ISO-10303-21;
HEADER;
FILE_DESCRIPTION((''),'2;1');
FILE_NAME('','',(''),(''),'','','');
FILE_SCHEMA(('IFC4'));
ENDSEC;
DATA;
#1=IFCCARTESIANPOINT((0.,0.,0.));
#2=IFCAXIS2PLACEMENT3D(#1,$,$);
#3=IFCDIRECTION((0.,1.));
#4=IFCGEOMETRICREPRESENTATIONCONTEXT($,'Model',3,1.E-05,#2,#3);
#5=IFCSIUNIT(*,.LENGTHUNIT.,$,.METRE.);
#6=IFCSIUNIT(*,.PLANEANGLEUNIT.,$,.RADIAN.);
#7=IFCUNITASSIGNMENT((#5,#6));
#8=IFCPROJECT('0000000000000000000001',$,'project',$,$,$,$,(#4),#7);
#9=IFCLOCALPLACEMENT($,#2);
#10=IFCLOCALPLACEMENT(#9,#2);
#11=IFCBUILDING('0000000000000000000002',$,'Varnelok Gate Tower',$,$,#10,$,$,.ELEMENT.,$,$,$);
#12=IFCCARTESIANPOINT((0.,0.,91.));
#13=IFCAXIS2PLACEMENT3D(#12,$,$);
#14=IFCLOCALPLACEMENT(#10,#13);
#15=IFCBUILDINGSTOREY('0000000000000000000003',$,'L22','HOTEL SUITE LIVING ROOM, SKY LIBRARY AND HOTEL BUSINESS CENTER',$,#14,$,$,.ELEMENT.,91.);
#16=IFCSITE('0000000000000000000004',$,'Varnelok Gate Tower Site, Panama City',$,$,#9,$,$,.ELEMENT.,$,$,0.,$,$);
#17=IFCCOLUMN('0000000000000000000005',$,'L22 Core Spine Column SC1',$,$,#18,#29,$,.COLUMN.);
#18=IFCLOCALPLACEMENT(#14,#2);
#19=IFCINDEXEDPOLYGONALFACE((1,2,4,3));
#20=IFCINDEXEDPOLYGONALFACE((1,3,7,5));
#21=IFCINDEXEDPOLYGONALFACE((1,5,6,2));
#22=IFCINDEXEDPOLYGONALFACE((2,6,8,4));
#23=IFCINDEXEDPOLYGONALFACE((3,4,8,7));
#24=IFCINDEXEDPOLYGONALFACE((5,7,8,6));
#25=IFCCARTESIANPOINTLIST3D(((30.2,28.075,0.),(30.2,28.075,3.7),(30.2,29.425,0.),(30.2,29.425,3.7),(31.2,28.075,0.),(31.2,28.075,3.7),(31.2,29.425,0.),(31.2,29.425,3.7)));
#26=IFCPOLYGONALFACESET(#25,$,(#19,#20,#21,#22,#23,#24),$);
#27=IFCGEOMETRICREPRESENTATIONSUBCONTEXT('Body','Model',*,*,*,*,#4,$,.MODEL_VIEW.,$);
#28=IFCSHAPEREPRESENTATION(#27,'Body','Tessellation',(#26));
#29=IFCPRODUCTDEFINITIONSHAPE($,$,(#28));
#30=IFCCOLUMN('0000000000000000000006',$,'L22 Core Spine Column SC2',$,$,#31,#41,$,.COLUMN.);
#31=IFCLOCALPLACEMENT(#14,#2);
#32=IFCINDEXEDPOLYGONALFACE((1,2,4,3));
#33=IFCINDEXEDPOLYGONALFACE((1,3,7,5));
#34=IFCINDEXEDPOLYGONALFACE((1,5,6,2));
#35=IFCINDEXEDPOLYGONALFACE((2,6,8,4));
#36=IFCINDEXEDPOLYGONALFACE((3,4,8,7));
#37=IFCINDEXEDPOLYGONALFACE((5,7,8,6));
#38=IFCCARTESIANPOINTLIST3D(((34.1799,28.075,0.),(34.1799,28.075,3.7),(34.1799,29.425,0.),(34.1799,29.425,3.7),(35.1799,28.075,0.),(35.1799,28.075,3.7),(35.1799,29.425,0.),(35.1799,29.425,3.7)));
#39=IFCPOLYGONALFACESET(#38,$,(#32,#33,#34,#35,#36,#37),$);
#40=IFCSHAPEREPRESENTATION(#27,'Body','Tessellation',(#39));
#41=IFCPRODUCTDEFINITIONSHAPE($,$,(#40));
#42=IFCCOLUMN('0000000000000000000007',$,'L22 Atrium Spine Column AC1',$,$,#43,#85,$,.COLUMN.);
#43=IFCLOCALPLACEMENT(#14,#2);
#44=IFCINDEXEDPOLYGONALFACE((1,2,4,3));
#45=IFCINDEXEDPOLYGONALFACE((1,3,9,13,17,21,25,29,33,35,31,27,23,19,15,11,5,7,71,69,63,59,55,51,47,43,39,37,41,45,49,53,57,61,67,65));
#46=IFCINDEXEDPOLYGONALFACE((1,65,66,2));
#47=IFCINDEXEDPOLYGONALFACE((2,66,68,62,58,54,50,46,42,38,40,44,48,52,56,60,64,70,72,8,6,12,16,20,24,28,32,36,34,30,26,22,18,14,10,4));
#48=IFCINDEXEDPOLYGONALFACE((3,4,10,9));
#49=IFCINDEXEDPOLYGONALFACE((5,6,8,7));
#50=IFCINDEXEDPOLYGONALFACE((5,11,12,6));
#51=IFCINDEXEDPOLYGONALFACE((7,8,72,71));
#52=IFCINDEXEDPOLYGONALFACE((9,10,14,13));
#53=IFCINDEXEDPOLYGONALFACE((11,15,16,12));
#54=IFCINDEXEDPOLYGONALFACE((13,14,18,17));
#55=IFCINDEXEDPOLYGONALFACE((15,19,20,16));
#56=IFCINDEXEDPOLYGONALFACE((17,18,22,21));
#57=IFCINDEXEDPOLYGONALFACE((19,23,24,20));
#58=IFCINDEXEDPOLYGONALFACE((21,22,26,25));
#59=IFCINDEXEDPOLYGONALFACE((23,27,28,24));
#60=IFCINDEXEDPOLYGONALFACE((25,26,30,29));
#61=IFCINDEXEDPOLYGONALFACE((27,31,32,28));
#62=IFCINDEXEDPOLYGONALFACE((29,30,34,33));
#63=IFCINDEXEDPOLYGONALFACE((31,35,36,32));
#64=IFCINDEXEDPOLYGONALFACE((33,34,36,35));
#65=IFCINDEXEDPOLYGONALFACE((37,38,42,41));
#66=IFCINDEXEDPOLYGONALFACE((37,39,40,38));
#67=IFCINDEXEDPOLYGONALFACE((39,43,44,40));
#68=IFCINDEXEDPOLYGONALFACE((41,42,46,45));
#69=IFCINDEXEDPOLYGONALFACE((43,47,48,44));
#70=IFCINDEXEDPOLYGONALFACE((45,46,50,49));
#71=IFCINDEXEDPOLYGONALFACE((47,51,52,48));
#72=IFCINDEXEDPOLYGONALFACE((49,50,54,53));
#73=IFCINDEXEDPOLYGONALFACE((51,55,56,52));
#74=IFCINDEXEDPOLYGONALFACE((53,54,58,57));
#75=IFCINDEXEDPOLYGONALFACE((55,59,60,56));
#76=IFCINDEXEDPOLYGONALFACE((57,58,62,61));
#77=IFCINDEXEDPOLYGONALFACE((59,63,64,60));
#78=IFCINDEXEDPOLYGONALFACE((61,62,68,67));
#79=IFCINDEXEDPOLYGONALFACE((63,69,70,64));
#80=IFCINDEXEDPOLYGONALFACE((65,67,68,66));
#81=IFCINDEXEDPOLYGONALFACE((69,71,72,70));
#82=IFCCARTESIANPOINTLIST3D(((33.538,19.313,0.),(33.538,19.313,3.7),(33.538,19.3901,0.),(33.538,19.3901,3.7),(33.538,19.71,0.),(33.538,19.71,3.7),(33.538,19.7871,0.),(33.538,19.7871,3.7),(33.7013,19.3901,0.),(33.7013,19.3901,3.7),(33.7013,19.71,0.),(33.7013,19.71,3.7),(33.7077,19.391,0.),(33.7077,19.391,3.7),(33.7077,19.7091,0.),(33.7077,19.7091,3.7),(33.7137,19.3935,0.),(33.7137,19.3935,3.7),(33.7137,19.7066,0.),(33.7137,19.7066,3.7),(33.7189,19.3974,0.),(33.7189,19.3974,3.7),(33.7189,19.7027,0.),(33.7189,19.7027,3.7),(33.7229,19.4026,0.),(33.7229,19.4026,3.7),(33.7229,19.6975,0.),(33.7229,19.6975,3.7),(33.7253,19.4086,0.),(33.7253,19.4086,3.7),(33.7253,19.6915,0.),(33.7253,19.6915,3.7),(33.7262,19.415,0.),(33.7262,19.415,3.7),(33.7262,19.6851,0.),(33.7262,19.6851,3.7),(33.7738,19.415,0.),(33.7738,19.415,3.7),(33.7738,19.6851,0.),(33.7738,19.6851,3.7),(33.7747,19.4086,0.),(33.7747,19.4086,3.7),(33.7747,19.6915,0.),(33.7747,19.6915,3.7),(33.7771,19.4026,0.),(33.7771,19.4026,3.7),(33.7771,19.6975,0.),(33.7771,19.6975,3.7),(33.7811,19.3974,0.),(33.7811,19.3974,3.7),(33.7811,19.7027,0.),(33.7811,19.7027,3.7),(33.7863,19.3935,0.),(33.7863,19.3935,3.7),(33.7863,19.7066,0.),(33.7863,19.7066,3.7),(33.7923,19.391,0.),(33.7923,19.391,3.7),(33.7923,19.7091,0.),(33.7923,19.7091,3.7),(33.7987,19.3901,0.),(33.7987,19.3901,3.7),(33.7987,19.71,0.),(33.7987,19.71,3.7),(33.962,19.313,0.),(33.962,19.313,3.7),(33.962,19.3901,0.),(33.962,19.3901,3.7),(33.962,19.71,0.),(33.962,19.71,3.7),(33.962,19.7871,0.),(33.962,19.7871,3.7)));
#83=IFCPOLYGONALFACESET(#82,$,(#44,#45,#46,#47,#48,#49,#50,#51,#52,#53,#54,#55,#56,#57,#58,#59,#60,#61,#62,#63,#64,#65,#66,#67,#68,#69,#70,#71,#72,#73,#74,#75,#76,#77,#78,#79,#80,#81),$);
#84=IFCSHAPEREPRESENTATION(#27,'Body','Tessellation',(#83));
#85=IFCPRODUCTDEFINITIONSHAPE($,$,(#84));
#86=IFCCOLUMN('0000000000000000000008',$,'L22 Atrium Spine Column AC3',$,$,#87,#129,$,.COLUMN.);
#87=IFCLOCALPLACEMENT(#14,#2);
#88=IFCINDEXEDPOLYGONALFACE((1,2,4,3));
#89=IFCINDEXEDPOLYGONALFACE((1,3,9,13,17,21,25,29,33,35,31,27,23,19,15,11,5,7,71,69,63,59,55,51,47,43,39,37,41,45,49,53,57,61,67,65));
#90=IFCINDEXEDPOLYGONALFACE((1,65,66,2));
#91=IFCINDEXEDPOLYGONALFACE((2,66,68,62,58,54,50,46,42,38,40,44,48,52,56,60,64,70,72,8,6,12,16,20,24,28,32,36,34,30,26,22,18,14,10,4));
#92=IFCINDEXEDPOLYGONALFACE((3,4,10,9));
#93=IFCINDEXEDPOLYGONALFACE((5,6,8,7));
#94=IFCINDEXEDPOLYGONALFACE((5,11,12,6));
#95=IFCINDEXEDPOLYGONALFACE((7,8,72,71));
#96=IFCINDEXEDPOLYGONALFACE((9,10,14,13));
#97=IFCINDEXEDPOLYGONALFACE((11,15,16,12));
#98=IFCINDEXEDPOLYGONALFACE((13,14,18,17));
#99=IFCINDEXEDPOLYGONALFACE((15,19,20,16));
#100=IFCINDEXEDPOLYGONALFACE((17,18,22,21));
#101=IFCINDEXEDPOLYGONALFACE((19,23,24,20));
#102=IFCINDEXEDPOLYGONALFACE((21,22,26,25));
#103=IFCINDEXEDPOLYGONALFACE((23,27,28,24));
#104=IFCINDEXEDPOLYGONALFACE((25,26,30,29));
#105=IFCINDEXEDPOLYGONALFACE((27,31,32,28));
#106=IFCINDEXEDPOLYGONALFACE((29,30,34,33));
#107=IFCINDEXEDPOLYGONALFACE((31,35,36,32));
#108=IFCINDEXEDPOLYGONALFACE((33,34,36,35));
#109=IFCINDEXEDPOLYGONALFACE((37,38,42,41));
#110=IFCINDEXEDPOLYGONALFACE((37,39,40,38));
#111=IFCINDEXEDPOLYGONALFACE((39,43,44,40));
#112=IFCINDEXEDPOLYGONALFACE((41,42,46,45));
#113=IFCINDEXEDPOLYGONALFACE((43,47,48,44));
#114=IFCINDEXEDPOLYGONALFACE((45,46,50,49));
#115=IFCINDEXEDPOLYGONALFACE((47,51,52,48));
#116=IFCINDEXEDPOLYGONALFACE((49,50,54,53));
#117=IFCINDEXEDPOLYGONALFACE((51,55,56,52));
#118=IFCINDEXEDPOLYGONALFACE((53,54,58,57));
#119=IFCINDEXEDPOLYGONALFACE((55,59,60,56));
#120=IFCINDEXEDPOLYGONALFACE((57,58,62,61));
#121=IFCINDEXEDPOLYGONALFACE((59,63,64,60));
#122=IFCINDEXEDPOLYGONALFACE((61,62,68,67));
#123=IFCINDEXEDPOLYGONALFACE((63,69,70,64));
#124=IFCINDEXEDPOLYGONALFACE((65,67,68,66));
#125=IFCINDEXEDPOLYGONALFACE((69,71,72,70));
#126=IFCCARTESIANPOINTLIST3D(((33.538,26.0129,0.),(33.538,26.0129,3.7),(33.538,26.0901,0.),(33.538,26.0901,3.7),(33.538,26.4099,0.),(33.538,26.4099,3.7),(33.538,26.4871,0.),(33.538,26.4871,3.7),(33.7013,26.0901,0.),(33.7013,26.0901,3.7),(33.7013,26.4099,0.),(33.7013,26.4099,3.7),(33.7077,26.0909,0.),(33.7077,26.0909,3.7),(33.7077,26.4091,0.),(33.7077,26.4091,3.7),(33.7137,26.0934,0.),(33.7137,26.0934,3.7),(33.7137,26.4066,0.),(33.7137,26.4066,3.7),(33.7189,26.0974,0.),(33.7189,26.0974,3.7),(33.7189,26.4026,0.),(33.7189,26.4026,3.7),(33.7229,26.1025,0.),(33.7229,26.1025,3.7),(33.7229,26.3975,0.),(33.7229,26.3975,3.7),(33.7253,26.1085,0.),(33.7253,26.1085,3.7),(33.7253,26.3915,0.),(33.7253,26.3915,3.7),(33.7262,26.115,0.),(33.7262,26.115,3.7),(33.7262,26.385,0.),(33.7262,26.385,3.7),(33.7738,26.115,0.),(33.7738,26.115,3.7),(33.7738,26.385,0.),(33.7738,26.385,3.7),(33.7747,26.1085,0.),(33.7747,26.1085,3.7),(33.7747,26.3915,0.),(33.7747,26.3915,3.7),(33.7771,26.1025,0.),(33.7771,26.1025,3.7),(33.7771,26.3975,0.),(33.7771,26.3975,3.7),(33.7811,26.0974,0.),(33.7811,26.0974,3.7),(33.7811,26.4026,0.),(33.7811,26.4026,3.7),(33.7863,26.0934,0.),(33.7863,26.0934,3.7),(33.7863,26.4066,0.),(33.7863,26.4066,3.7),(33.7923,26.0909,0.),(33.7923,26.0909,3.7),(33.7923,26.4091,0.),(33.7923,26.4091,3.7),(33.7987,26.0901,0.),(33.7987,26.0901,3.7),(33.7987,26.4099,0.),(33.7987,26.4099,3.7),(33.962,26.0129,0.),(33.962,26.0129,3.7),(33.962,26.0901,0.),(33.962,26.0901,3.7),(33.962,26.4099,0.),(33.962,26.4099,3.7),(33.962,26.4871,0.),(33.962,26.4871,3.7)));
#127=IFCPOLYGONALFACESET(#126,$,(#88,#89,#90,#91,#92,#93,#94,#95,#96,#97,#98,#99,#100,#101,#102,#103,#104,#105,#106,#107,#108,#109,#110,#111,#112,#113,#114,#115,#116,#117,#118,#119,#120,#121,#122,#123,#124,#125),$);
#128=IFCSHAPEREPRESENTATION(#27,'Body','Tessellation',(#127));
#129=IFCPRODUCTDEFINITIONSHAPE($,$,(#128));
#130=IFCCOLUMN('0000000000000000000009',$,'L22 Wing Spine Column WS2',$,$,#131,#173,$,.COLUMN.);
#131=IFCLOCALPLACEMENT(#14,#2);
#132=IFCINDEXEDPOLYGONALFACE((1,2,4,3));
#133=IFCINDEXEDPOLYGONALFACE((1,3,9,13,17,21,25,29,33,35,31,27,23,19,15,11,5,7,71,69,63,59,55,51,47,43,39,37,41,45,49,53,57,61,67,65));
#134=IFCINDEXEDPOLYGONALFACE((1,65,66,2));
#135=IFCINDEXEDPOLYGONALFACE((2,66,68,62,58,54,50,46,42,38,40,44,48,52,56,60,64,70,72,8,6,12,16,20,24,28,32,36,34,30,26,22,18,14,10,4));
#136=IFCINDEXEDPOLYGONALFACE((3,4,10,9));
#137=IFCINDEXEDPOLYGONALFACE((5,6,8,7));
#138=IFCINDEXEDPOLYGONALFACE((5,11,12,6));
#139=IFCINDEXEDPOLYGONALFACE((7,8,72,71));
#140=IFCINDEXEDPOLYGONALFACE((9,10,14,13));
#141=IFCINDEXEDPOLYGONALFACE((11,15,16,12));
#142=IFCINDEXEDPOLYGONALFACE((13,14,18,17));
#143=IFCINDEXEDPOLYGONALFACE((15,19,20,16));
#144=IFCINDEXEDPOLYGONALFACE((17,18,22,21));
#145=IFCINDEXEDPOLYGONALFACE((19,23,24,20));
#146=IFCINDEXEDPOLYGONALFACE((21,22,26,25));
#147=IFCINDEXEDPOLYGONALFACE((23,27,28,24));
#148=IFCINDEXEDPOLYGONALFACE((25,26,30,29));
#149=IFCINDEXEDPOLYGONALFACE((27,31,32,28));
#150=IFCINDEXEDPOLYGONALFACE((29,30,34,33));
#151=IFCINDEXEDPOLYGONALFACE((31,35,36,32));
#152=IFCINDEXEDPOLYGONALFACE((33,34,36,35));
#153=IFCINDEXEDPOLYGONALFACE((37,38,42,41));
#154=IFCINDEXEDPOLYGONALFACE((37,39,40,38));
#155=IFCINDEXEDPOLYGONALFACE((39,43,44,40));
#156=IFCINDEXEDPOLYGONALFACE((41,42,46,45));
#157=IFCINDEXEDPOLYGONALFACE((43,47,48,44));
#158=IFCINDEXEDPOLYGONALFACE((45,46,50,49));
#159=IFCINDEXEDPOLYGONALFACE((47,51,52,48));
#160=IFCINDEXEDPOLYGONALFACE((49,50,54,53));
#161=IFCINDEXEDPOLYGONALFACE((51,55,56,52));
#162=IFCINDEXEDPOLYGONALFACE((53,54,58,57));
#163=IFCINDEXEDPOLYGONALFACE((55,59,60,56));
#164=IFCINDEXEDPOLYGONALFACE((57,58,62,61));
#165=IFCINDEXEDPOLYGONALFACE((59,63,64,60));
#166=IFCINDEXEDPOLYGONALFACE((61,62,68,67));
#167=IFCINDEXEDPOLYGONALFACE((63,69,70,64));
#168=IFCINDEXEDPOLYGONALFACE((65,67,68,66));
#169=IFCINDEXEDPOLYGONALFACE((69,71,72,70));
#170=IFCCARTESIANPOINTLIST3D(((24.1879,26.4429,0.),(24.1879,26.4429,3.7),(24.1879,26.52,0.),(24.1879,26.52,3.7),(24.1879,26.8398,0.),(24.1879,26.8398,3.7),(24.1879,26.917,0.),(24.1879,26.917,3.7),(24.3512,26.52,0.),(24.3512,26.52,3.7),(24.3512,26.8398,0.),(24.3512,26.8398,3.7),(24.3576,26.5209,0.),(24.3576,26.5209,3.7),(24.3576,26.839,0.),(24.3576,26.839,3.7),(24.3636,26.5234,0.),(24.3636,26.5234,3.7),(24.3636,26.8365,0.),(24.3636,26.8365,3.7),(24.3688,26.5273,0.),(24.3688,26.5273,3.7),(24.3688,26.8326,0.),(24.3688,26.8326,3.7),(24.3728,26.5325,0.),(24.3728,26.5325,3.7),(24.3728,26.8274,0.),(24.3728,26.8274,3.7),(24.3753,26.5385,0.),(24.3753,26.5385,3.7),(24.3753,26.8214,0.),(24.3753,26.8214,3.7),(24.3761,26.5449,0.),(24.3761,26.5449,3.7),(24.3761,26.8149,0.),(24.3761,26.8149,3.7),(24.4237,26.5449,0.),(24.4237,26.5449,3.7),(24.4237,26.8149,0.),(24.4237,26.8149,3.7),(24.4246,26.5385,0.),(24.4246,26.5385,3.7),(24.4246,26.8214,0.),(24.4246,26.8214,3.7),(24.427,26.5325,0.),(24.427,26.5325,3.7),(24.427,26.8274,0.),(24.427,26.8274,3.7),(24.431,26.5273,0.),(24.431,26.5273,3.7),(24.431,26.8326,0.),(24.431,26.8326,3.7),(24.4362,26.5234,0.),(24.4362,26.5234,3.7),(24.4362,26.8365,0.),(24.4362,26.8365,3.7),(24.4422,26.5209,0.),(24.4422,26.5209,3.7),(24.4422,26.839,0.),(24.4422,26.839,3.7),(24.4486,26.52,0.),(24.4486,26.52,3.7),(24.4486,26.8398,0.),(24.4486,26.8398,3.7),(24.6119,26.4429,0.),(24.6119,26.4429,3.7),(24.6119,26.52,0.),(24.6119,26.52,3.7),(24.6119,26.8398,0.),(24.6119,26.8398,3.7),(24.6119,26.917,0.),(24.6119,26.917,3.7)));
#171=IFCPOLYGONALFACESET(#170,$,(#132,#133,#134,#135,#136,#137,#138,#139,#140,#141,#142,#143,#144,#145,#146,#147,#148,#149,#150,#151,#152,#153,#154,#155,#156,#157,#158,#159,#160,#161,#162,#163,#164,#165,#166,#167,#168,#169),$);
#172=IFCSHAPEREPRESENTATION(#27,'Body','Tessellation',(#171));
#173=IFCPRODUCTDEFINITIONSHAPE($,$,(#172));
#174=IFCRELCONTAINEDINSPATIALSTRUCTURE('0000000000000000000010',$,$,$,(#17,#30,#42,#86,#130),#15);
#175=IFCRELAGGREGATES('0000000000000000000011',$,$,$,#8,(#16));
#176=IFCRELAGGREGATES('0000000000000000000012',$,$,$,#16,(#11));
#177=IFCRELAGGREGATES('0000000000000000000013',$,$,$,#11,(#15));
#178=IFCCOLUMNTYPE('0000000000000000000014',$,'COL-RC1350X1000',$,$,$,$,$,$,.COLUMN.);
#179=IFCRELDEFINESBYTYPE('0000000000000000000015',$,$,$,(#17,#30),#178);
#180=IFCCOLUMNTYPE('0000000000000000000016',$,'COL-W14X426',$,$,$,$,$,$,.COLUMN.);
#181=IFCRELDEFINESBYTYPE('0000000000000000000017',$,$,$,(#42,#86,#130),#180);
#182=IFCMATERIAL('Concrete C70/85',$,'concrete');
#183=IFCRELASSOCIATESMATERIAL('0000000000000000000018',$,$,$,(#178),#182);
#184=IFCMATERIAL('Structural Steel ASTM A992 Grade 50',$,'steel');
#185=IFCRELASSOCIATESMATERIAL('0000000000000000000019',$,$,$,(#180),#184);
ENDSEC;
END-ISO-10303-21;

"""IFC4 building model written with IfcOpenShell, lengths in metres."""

from ifc_helpers import new_model, si_unit, direction, frame, origin, origin_2d, place, context, subcontext, project, spatial, rectangle, i_section, extrude, material, material_profile, profile_set, type_object, element, save


model = new_model("IFC4")

# Units and contexts
model_context = context("Model", 3, precision=1e-05, world=origin(), true_north=direction((0.0, 1.0)))
body_context = subcontext(model_context, "Body", "Model", "MODEL_VIEW")
ifc_project = project(units=[si_unit("LENGTHUNIT", "METRE"), si_unit("PLANEANGLEUNIT", "RADIAN")], contexts=[model_context])

# Site, building, storey
site_placement = place(None, origin())
site = spatial("IfcSite", under=ifc_project, at=site_placement, Name="Varnelok Gate Tower Site, Panama City", CompositionType="ELEMENT", RefElevation=0.0)
building_placement = place(site_placement, origin())
building = spatial("IfcBuilding", under=site, at=building_placement, Name="Varnelok Gate Tower", CompositionType="ELEMENT")
storey_placement = place(building_placement, frame((0.0, 0.0, 91.0)))
storey = spatial("IfcBuildingStorey", under=building, at=storey_placement, Name="L22", Description="HOTEL SUITE LIVING ROOM, SKY LIBRARY AND HOTEL BUSINESS CENTER", CompositionType="ELEMENT", Elevation=91.0)

# Columns
ifc_material_1 = material(Name="Concrete C70/85", Category="concrete")
ifc_material_profile_1 = material_profile(ifc_material_1, rectangle(XDim=1.0, YDim=1.3501, at=origin_2d()), Name="RC1350X1000")
ifc_profile_set_1 = profile_set([ifc_material_profile_1], Name="Concrete C70/85")
column_type_1 = type_object("IfcColumnType", Name="COL-RC1350X1000", PredefinedType="COLUMN", material=ifc_profile_set_1)
for number, where, z_axis, x_axis, name in (
    (1, (30.7, 28.75, 0.0), (0.0, 0.0, 1.0), (1.0, 0.0, 0.0), "L22 Core Spine Column SC1"),
    (2, (34.6799, 28.75, 0.0), (0.0, 0.0, 1.0), (1.0, 0.0, 0.0), "L22 Core Spine Column SC2"),
):
    element("IfcColumn", number, at=place(storey_placement, frame(where, z_axis=z_axis, x_axis=x_axis)), inside=storey, type_object=column_type_1, Name=name, PredefinedType="COLUMN", context=body_context, shape_type="SweptSolid", body=[
        extrude(rectangle(XDim=1.0, YDim=1.3501, at=origin_2d()), origin(), (0.0, 0.0, 1.0), 3.7),
    ])
ifc_material_2 = material(Name="Structural Steel ASTM A992 Grade 50", Category="steel")
ifc_material_profile_2 = material_profile(ifc_material_2, i_section(OverallWidth=0.4241, OverallDepth=0.4741, WebThickness=0.0476, FlangeThickness=0.0771, FilletRadius=0.0249, at=origin_2d()), Name="W14X426")
ifc_profile_set_2 = profile_set([ifc_material_profile_2], Name="Structural Steel ASTM A992 Grade 50")
column_type_2 = type_object("IfcColumnType", Name="COL-W14X426", PredefinedType="COLUMN", material=ifc_profile_set_2)
for number, where, z_axis, x_axis, name in (
    (3, (33.75, 19.55, 0.0), (0.0, 0.0, 1.0), (1.0, 0.0, 0.0), "L22 Atrium Spine Column AC1"),
    (4, (33.75, 26.25, 0.0), (0.0, 0.0, 1.0), (1.0, 0.0, 0.0), "L22 Atrium Spine Column AC3"),
    (5, (24.3999, 26.6799, 0.0), (0.0, 0.0, 1.0), (1.0, 0.0, 0.0), "L22 Wing Spine Column WS2"),
):
    element("IfcColumn", number, at=place(storey_placement, frame(where, z_axis=z_axis, x_axis=x_axis)), inside=storey, type_object=column_type_2, Name=name, PredefinedType="COLUMN", context=body_context, shape_type="SweptSolid", body=[
        extrude(i_section(OverallWidth=0.4241, OverallDepth=0.4741, WebThickness=0.0476, FlangeThickness=0.0771, FilletRadius=0.0249, at=origin_2d()), origin(), (0.0, 0.0, 1.0), 3.7),
    ])

save(model, "model.ifc")
